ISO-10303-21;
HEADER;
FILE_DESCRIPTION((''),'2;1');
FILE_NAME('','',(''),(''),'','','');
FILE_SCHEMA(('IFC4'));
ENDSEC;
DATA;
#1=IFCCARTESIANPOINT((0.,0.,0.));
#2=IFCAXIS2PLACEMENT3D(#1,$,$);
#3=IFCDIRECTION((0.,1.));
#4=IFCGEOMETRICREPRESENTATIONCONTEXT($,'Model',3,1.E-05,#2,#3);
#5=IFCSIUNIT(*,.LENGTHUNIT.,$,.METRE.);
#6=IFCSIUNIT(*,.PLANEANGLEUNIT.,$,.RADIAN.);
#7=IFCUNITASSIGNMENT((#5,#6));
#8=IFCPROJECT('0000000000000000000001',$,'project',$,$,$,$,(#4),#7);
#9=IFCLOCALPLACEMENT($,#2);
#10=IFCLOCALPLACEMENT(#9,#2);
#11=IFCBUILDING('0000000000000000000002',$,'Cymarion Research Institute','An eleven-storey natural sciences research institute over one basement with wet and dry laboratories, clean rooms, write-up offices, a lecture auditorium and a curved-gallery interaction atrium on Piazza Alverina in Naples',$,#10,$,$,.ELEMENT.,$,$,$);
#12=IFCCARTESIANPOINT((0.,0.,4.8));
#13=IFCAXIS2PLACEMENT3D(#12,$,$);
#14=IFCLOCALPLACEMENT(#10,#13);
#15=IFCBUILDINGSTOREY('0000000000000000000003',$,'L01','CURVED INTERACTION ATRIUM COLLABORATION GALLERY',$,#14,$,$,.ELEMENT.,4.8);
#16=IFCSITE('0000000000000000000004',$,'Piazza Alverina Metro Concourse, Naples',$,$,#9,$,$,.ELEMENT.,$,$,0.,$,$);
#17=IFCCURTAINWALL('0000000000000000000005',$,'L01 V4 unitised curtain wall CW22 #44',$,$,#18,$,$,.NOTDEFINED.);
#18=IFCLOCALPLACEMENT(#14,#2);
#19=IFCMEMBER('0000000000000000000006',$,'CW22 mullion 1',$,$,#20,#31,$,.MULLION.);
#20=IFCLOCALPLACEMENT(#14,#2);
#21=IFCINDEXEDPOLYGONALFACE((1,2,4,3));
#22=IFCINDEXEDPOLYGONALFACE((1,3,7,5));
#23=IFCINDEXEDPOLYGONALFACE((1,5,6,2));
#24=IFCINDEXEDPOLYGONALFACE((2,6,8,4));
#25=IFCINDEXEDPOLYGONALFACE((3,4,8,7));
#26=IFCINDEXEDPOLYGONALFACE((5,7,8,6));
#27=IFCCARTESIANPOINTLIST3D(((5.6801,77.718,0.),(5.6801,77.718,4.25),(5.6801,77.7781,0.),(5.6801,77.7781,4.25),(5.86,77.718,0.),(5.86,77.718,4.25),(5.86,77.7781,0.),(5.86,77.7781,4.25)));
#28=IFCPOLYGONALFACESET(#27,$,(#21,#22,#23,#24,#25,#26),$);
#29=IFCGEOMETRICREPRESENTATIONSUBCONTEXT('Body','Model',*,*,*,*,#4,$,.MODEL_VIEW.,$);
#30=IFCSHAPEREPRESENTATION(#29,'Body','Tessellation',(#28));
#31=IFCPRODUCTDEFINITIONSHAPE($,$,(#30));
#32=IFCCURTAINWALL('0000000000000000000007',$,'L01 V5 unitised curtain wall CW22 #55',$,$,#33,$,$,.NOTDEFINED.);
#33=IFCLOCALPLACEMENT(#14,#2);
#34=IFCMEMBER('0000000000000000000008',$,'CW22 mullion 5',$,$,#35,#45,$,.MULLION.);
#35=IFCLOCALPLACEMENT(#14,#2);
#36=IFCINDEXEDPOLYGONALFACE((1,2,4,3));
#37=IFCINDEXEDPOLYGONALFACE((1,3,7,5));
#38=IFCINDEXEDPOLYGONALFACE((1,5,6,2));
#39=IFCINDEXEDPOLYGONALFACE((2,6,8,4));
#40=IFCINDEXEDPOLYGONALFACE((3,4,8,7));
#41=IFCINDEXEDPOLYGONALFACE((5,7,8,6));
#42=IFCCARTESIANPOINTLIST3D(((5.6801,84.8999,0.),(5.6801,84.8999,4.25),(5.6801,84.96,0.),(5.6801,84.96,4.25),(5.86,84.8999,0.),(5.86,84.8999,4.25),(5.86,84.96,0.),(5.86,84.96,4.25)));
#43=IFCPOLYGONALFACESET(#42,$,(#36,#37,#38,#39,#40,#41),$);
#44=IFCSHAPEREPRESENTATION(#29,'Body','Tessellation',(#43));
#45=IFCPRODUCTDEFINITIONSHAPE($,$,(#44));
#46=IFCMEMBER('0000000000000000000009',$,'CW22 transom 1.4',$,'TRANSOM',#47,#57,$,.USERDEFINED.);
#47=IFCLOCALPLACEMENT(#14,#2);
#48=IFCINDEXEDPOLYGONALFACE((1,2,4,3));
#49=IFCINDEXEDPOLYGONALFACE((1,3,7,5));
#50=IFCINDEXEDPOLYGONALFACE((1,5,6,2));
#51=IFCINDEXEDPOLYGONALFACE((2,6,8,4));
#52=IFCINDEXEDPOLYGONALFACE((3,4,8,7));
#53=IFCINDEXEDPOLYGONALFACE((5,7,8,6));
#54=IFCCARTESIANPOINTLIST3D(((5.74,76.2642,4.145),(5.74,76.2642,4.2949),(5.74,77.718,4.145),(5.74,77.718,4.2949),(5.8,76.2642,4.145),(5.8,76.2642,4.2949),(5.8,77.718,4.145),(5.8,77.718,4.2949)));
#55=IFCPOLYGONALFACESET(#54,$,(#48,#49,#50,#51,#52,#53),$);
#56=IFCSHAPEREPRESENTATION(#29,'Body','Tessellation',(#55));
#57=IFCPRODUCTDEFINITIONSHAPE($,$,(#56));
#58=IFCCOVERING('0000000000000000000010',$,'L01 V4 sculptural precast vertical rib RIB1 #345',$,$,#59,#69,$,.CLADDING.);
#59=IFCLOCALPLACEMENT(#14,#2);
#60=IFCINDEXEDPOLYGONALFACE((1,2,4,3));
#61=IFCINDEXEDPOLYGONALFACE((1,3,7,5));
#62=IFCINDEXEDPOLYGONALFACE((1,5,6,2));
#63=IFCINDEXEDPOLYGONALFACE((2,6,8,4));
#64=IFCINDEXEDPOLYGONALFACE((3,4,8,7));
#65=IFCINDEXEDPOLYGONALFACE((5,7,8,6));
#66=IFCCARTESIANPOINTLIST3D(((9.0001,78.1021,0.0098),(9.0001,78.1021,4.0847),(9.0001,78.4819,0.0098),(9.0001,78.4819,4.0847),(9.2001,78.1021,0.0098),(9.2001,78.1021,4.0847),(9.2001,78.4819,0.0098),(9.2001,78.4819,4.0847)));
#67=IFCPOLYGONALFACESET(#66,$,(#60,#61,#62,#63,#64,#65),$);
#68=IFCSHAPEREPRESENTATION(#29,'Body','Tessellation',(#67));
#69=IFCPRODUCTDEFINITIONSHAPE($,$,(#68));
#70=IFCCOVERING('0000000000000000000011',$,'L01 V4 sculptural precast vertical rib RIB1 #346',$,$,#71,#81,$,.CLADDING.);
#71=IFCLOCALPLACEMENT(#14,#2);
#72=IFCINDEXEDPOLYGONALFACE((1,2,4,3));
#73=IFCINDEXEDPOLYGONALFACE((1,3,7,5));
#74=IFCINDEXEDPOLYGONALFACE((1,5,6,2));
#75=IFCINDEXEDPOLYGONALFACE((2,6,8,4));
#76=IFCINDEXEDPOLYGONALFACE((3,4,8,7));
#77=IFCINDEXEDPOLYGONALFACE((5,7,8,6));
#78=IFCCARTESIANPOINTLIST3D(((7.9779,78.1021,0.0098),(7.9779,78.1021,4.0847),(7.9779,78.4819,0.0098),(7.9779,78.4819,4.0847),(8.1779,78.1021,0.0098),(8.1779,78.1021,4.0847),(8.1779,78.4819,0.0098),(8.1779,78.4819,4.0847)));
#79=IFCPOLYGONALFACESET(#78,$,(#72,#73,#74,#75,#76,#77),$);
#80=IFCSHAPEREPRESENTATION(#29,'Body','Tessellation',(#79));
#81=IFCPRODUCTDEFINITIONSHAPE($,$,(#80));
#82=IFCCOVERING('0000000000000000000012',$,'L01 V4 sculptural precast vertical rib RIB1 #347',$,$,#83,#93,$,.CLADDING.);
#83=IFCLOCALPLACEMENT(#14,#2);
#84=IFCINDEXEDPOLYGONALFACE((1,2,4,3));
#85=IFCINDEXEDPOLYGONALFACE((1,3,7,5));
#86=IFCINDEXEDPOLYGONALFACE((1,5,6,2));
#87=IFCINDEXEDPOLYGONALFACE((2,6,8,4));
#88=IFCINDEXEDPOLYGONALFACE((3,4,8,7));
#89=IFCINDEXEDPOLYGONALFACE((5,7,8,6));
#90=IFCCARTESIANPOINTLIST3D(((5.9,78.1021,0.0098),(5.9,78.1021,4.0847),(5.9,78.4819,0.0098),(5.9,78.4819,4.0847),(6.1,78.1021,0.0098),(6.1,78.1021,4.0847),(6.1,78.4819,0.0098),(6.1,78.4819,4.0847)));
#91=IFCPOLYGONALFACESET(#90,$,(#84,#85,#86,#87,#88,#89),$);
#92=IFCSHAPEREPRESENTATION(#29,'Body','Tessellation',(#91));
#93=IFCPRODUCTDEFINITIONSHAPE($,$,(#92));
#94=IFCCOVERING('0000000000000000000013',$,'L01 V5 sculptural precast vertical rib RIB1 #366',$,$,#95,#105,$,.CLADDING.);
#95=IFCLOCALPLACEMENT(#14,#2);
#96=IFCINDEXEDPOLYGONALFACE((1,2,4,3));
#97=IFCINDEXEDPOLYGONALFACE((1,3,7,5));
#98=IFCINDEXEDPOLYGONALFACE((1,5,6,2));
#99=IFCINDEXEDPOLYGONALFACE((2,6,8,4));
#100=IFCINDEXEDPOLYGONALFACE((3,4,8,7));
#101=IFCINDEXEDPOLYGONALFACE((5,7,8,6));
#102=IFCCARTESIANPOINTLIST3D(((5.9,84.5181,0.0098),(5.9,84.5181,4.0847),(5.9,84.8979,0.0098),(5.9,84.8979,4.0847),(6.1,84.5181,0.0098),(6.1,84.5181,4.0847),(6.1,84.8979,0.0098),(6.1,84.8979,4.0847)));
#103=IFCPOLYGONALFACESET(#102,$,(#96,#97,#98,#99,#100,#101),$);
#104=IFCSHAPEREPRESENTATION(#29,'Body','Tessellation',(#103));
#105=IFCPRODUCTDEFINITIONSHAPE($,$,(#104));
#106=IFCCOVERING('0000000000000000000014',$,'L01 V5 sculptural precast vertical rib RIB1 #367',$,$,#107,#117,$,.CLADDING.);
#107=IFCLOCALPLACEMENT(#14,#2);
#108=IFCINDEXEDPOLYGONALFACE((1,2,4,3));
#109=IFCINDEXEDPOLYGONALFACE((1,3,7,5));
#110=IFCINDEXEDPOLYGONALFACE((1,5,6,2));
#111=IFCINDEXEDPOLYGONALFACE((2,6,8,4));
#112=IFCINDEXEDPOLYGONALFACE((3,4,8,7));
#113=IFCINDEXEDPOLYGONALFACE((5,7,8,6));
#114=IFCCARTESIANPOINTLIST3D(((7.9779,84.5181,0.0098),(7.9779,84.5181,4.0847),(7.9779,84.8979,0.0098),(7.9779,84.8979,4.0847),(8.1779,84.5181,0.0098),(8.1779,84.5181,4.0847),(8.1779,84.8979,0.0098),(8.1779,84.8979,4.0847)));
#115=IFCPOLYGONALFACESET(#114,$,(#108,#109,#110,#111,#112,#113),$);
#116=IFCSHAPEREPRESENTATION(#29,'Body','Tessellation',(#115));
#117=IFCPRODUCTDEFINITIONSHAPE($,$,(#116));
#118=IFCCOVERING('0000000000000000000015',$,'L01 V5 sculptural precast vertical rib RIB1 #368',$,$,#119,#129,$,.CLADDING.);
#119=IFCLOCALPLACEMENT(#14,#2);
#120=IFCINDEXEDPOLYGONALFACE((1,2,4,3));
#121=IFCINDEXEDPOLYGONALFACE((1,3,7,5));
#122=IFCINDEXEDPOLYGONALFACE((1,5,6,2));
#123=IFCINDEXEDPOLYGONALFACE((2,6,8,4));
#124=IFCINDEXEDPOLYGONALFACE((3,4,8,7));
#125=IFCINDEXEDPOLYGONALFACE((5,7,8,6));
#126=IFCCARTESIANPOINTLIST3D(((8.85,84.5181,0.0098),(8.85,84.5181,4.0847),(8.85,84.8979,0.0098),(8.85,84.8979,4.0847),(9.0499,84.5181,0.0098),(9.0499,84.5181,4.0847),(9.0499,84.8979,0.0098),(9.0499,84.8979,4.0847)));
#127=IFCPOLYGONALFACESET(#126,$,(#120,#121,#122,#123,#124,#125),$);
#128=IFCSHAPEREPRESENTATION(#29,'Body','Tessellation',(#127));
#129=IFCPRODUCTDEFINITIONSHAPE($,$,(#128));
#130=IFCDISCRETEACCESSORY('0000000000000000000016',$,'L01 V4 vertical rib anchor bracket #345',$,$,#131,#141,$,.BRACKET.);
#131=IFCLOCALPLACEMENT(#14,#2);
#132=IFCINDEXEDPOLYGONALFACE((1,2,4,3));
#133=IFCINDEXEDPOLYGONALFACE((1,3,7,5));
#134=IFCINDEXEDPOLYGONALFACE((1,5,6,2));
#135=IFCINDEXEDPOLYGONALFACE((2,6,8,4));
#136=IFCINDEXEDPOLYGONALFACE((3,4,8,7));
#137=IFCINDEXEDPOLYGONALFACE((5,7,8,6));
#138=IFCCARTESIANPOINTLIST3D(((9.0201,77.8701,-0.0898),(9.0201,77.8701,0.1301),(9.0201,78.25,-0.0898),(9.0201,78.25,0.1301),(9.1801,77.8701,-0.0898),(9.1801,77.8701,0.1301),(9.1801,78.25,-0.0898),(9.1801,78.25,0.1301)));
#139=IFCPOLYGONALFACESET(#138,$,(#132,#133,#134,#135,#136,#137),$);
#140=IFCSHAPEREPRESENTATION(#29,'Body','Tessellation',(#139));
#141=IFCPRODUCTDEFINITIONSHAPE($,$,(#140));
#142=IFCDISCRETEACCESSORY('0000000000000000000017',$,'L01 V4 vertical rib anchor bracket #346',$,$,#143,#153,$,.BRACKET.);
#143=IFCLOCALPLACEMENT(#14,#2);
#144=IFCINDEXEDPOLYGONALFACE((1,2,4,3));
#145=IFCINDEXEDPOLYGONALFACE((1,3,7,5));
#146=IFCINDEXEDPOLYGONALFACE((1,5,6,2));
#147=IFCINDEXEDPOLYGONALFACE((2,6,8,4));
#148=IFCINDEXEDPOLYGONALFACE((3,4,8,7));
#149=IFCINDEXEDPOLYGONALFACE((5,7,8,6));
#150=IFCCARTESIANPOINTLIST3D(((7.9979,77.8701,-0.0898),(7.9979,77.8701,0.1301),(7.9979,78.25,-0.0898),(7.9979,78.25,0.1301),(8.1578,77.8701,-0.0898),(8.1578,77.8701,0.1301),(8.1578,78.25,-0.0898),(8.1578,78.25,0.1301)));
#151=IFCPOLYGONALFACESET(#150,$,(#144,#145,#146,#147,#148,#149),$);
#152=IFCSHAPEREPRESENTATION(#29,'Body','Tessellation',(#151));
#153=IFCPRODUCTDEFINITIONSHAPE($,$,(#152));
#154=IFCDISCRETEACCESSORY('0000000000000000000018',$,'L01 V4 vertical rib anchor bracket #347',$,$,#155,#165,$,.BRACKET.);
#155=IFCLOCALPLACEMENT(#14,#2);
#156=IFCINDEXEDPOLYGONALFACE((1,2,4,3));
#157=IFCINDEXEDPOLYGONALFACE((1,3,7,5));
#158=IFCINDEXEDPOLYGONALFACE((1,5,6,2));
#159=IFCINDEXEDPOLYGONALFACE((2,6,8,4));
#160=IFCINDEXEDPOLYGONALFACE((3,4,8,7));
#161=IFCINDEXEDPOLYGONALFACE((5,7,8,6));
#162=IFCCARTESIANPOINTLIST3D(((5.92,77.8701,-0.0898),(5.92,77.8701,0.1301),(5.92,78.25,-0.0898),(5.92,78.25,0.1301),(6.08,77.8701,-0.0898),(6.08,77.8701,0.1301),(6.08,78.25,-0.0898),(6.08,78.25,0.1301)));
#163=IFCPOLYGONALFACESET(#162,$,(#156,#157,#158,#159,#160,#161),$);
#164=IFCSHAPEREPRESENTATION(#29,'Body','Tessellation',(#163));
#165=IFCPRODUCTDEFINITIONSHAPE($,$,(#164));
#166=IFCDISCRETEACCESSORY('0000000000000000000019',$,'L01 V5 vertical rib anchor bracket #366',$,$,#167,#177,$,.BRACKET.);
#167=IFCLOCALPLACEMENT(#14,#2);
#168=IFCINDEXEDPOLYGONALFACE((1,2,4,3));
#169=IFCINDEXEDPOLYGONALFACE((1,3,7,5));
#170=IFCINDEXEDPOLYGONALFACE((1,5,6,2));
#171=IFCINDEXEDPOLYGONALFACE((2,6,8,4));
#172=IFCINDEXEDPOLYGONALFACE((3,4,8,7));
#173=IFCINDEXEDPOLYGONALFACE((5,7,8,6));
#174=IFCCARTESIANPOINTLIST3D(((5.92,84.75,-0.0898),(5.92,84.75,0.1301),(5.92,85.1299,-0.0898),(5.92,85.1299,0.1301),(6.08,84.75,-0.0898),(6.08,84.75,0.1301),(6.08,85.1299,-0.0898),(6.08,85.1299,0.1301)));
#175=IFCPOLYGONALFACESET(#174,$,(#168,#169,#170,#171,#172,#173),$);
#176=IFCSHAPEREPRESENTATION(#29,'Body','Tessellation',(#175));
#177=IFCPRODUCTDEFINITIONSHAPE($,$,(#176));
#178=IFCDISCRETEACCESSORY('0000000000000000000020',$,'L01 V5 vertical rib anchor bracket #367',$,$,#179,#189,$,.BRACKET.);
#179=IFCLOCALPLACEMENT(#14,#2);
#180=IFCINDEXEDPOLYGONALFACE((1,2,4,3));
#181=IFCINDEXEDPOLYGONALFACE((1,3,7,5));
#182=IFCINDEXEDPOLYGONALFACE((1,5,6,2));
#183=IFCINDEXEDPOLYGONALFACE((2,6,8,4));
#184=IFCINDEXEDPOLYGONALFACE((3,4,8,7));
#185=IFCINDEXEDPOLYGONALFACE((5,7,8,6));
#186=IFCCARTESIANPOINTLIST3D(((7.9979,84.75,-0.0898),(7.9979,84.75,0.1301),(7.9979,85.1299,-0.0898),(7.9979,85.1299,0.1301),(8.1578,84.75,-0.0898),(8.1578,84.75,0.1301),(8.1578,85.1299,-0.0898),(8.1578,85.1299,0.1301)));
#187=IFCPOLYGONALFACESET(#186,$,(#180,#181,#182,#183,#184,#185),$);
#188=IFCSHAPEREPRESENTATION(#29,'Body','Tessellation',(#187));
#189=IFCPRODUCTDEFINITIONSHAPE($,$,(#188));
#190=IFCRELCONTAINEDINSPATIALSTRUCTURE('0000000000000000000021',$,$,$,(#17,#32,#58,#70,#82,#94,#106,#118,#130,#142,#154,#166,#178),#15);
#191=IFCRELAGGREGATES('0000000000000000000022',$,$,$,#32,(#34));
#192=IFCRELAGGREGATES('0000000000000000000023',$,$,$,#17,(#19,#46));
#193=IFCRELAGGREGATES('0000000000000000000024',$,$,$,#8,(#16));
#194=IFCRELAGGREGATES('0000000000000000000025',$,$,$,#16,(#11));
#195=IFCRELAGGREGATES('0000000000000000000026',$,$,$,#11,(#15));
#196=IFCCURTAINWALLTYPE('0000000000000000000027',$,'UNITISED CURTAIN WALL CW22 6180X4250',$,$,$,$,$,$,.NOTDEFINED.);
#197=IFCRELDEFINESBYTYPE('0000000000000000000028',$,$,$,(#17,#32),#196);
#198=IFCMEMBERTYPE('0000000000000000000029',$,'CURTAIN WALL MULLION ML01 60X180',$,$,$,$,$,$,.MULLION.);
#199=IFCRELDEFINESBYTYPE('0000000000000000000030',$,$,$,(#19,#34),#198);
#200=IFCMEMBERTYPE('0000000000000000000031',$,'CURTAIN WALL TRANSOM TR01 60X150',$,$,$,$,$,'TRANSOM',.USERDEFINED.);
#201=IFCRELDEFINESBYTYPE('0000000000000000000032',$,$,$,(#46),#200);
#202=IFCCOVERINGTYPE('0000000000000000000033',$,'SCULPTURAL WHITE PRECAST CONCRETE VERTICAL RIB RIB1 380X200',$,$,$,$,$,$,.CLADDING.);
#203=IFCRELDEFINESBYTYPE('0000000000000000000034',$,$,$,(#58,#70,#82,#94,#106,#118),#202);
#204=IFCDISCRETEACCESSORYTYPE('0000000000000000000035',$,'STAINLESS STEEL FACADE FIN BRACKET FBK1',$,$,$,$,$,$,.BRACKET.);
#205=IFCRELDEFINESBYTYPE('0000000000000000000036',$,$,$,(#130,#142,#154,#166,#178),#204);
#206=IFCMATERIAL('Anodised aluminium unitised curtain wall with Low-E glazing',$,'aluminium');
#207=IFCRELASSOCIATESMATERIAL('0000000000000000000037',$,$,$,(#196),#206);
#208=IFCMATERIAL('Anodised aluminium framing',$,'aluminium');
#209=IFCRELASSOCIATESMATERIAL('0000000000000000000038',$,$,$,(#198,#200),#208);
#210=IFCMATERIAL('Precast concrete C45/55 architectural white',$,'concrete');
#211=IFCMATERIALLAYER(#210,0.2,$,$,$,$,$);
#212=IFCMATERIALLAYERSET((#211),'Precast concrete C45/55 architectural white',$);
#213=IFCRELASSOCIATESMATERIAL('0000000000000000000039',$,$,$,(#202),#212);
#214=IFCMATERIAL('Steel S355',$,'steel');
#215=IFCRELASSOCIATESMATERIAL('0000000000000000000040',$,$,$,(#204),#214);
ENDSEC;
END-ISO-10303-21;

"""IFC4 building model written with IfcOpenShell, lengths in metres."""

from ifc_helpers import new_model, si_unit, direction, frame, origin, origin_2d, place, context, subcontext, project, spatial, rectangle, extrude, material, layer, layer_set, material_profile, profile_set, type_object, element, aggregate, save


model = new_model("IFC4")

# Units and contexts
model_context = context("Model", 3, precision=1e-05, world=origin(), true_north=direction((0.0, 1.0)))
body_context = subcontext(model_context, "Body", "Model", "MODEL_VIEW")
ifc_project = project(units=[si_unit("LENGTHUNIT", "METRE"), si_unit("PLANEANGLEUNIT", "RADIAN")], contexts=[model_context])

# Site, building, storey
site_placement = place(None, origin())
site = spatial("IfcSite", under=ifc_project, at=site_placement, Name="Piazza Alverina Metro Concourse, Naples", CompositionType="ELEMENT", RefElevation=0.0)
building_placement = place(site_placement, origin())
building = spatial("IfcBuilding", under=site, at=building_placement, Name="Cymarion Research Institute", Description="An eleven-storey natural sciences research institute over one basement with wet and dry laboratories, clean rooms, write-up offices, a lecture auditorium and a curved-gallery interaction atrium on Piazza Alverina in Naples", CompositionType="ELEMENT")
storey_placement = place(building_placement, frame((0.0, 0.0, 4.8)))
storey = spatial("IfcBuildingStorey", under=building, at=storey_placement, Name="L01", Description="CURVED INTERACTION ATRIUM COLLABORATION GALLERY", CompositionType="ELEMENT", Elevation=4.8)

# Curtain walls, members
ifc_material_1 = material(Name="Anodised aluminium unitised curtain wall with Low-E glazing", Category="aluminium")
curtain_wall_type = type_object("IfcCurtainWallType", Name="UNITISED CURTAIN WALL CW22 6180X4250", PredefinedType="NOTDEFINED", material=ifc_material_1)
curtain_wall_1_placement = place(storey_placement, origin())
curtain_wall_1 = element("IfcCurtainWall", 1, at=curtain_wall_1_placement, inside=storey, type_object=curtain_wall_type, Name="L01 V4 unitised curtain wall CW22 #44", PredefinedType="NOTDEFINED")
ifc_material_2 = material(Name="Anodised aluminium framing", Category="aluminium")
ifc_material_profile_1 = material_profile(ifc_material_2, rectangle(XDim=0.0601, YDim=0.1799, at=origin_2d()), Name="ALU MULLION 60x180")
ifc_profile_set_1 = profile_set([ifc_material_profile_1], Name="Anodised aluminium framing")
member_type_1 = type_object("IfcMemberType", Name="CURTAIN WALL MULLION ML01 60X180", PredefinedType="MULLION", material=ifc_profile_set_1)
member_1_placement = place(storey_placement, frame((5.77, 77.748, 0.0), z_axis=(0.0, 0.0, 1.0), x_axis=(0.0, -1.0, 0.0)))
member_1 = element("IfcMember", 2, at=member_1_placement, type_object=member_type_1, Name="CW22 mullion 1", PredefinedType="MULLION", context=body_context, shape_type="SweptSolid", body=[
    extrude(rectangle(XDim=0.0601, YDim=0.1799, at=origin_2d()), origin(), (0.0, 0.0, 1.0), 4.25),
])
curtain_wall_2_placement = place(storey_placement, origin())
curtain_wall_2 = element("IfcCurtainWall", 3, at=curtain_wall_2_placement, inside=storey, type_object=curtain_wall_type, Name="L01 V5 unitised curtain wall CW22 #55", PredefinedType="NOTDEFINED")
member_2_placement = place(storey_placement, frame((5.77, 84.9299, 0.0), z_axis=(0.0, 0.0, 1.0), x_axis=(0.0, -1.0, 0.0)))
member_2 = element("IfcMember", 4, at=member_2_placement, type_object=member_type_1, Name="CW22 mullion 5", PredefinedType="MULLION", context=body_context, shape_type="SweptSolid", body=[
    extrude(rectangle(XDim=0.0601, YDim=0.1799, at=origin_2d()), origin(), (0.0, 0.0, 1.0), 4.25),
])
aggregate(curtain_wall_2, [member_2])

# Member
ifc_material_profile_2 = material_profile(ifc_material_2, rectangle(XDim=0.0601, YDim=0.1499, at=origin_2d()), Name="ALU TRANSOM 60x150")
ifc_profile_set_2 = profile_set([ifc_material_profile_2], Name="Anodised aluminium framing")
member_type_2 = type_object("IfcMemberType", Name="CURTAIN WALL TRANSOM TR01 60X150", ElementType="TRANSOM", PredefinedType="USERDEFINED", material=ifc_profile_set_2)
member_3_placement = place(storey_placement, frame((5.77, 77.718, 4.22), z_axis=(0.0, -1.0, 0.0), x_axis=(1.0, 0.0, 0.0)))
member_3 = element("IfcMember", 5, at=member_3_placement, type_object=member_type_2, Name="CW22 transom 1.4", ObjectType="TRANSOM", PredefinedType="USERDEFINED", context=body_context, shape_type="SweptSolid", body=[
    extrude(rectangle(XDim=0.0601, YDim=0.1499, at=origin_2d()), origin(), (0.0, 0.0, 1.0), 1.4539),
])
aggregate(curtain_wall_1, [member_1, member_3])

# Coverings
ifc_material_3 = material(Name="Precast concrete C45/55 architectural white", Category="concrete")
ifc_layer = layer(ifc_material_3, 0.2)
ifc_layer_set = layer_set([ifc_layer], Name="Precast concrete C45/55 architectural white")
covering_type = type_object("IfcCoveringType", Name="SCULPTURAL WHITE PRECAST CONCRETE VERTICAL RIB RIB1 380X200", PredefinedType="CLADDING", material=ifc_layer_set)
for number, where, z_axis, x_axis, name in (
    (6, (9.1001, 78.292, 0.0098), (0.0, 0.0, 1.0), (0.0, 1.0, 0.0), "L01 V4 sculptural precast vertical rib RIB1 #345"),
    (7, (8.0779, 78.292, 0.0098), (0.0, 0.0, 1.0), (0.0, 1.0, 0.0), "L01 V4 sculptural precast vertical rib RIB1 #346"),
    (8, (6.0, 78.292, 0.0098), (0.0, 0.0, 1.0), (0.0, 1.0, 0.0), "L01 V4 sculptural precast vertical rib RIB1 #347"),
    (9, (6.0, 84.708, 0.0098), (0.0, 0.0, 1.0), (0.0, -1.0, 0.0), "L01 V5 sculptural precast vertical rib RIB1 #366"),
    (10, (8.0779, 84.708, 0.0098), (0.0, 0.0, 1.0), (0.0, -1.0, 0.0), "L01 V5 sculptural precast vertical rib RIB1 #367"),
    (11, (8.95, 84.708, 0.0098), (0.0, 0.0, 1.0), (0.0, -1.0, 0.0), "L01 V5 sculptural precast vertical rib RIB1 #368"),
):
    element("IfcCovering", number, at=place(storey_placement, frame(where, z_axis=z_axis, x_axis=x_axis)), inside=storey, type_object=covering_type, Name=name, PredefinedType="CLADDING", context=body_context, shape_type="SweptSolid", body=[
        extrude(rectangle(XDim=0.3799, YDim=0.2, at=origin_2d()), origin(), (0.0, 0.0, 1.0), 4.075),
    ])

# Discrete accessories
ifc_material_4 = material(Name="Steel S355", Category="steel")
discrete_accessory_type = type_object("IfcDiscreteAccessoryType", Name="STAINLESS STEEL FACADE FIN BRACKET FBK1", PredefinedType="BRACKET", material=ifc_material_4)
for number, where, z_axis, x_axis, name in (
    (12, (9.1001, 78.0601, -0.0898), (0.0, 0.0, 1.0), (0.0, 1.0, 0.0), "L01 V4 vertical rib anchor bracket #345"),
    (13, (8.0779, 78.0601, -0.0898), (0.0, 0.0, 1.0), (0.0, 1.0, 0.0), "L01 V4 vertical rib anchor bracket #346"),
    (14, (6.0, 78.0601, -0.0898), (0.0, 0.0, 1.0), (0.0, 1.0, 0.0), "L01 V4 vertical rib anchor bracket #347"),
    (15, (6.0, 84.9399, -0.0898), (0.0, 0.0, 1.0), (0.0, -1.0, 0.0), "L01 V5 vertical rib anchor bracket #366"),
    (16, (8.0779, 84.9399, -0.0898), (0.0, 0.0, 1.0), (0.0, -1.0, 0.0), "L01 V5 vertical rib anchor bracket #367"),
):
    element("IfcDiscreteAccessory", number, at=place(storey_placement, frame(where, z_axis=z_axis, x_axis=x_axis)), inside=storey, type_object=discrete_accessory_type, Name=name, PredefinedType="BRACKET", context=body_context, shape_type="SweptSolid", body=[
        extrude(rectangle(XDim=0.3799, YDim=0.1599, at=origin_2d()), origin(), (0.0, 0.0, 1.0), 0.22),
    ])

save(model, "model.ifc")
